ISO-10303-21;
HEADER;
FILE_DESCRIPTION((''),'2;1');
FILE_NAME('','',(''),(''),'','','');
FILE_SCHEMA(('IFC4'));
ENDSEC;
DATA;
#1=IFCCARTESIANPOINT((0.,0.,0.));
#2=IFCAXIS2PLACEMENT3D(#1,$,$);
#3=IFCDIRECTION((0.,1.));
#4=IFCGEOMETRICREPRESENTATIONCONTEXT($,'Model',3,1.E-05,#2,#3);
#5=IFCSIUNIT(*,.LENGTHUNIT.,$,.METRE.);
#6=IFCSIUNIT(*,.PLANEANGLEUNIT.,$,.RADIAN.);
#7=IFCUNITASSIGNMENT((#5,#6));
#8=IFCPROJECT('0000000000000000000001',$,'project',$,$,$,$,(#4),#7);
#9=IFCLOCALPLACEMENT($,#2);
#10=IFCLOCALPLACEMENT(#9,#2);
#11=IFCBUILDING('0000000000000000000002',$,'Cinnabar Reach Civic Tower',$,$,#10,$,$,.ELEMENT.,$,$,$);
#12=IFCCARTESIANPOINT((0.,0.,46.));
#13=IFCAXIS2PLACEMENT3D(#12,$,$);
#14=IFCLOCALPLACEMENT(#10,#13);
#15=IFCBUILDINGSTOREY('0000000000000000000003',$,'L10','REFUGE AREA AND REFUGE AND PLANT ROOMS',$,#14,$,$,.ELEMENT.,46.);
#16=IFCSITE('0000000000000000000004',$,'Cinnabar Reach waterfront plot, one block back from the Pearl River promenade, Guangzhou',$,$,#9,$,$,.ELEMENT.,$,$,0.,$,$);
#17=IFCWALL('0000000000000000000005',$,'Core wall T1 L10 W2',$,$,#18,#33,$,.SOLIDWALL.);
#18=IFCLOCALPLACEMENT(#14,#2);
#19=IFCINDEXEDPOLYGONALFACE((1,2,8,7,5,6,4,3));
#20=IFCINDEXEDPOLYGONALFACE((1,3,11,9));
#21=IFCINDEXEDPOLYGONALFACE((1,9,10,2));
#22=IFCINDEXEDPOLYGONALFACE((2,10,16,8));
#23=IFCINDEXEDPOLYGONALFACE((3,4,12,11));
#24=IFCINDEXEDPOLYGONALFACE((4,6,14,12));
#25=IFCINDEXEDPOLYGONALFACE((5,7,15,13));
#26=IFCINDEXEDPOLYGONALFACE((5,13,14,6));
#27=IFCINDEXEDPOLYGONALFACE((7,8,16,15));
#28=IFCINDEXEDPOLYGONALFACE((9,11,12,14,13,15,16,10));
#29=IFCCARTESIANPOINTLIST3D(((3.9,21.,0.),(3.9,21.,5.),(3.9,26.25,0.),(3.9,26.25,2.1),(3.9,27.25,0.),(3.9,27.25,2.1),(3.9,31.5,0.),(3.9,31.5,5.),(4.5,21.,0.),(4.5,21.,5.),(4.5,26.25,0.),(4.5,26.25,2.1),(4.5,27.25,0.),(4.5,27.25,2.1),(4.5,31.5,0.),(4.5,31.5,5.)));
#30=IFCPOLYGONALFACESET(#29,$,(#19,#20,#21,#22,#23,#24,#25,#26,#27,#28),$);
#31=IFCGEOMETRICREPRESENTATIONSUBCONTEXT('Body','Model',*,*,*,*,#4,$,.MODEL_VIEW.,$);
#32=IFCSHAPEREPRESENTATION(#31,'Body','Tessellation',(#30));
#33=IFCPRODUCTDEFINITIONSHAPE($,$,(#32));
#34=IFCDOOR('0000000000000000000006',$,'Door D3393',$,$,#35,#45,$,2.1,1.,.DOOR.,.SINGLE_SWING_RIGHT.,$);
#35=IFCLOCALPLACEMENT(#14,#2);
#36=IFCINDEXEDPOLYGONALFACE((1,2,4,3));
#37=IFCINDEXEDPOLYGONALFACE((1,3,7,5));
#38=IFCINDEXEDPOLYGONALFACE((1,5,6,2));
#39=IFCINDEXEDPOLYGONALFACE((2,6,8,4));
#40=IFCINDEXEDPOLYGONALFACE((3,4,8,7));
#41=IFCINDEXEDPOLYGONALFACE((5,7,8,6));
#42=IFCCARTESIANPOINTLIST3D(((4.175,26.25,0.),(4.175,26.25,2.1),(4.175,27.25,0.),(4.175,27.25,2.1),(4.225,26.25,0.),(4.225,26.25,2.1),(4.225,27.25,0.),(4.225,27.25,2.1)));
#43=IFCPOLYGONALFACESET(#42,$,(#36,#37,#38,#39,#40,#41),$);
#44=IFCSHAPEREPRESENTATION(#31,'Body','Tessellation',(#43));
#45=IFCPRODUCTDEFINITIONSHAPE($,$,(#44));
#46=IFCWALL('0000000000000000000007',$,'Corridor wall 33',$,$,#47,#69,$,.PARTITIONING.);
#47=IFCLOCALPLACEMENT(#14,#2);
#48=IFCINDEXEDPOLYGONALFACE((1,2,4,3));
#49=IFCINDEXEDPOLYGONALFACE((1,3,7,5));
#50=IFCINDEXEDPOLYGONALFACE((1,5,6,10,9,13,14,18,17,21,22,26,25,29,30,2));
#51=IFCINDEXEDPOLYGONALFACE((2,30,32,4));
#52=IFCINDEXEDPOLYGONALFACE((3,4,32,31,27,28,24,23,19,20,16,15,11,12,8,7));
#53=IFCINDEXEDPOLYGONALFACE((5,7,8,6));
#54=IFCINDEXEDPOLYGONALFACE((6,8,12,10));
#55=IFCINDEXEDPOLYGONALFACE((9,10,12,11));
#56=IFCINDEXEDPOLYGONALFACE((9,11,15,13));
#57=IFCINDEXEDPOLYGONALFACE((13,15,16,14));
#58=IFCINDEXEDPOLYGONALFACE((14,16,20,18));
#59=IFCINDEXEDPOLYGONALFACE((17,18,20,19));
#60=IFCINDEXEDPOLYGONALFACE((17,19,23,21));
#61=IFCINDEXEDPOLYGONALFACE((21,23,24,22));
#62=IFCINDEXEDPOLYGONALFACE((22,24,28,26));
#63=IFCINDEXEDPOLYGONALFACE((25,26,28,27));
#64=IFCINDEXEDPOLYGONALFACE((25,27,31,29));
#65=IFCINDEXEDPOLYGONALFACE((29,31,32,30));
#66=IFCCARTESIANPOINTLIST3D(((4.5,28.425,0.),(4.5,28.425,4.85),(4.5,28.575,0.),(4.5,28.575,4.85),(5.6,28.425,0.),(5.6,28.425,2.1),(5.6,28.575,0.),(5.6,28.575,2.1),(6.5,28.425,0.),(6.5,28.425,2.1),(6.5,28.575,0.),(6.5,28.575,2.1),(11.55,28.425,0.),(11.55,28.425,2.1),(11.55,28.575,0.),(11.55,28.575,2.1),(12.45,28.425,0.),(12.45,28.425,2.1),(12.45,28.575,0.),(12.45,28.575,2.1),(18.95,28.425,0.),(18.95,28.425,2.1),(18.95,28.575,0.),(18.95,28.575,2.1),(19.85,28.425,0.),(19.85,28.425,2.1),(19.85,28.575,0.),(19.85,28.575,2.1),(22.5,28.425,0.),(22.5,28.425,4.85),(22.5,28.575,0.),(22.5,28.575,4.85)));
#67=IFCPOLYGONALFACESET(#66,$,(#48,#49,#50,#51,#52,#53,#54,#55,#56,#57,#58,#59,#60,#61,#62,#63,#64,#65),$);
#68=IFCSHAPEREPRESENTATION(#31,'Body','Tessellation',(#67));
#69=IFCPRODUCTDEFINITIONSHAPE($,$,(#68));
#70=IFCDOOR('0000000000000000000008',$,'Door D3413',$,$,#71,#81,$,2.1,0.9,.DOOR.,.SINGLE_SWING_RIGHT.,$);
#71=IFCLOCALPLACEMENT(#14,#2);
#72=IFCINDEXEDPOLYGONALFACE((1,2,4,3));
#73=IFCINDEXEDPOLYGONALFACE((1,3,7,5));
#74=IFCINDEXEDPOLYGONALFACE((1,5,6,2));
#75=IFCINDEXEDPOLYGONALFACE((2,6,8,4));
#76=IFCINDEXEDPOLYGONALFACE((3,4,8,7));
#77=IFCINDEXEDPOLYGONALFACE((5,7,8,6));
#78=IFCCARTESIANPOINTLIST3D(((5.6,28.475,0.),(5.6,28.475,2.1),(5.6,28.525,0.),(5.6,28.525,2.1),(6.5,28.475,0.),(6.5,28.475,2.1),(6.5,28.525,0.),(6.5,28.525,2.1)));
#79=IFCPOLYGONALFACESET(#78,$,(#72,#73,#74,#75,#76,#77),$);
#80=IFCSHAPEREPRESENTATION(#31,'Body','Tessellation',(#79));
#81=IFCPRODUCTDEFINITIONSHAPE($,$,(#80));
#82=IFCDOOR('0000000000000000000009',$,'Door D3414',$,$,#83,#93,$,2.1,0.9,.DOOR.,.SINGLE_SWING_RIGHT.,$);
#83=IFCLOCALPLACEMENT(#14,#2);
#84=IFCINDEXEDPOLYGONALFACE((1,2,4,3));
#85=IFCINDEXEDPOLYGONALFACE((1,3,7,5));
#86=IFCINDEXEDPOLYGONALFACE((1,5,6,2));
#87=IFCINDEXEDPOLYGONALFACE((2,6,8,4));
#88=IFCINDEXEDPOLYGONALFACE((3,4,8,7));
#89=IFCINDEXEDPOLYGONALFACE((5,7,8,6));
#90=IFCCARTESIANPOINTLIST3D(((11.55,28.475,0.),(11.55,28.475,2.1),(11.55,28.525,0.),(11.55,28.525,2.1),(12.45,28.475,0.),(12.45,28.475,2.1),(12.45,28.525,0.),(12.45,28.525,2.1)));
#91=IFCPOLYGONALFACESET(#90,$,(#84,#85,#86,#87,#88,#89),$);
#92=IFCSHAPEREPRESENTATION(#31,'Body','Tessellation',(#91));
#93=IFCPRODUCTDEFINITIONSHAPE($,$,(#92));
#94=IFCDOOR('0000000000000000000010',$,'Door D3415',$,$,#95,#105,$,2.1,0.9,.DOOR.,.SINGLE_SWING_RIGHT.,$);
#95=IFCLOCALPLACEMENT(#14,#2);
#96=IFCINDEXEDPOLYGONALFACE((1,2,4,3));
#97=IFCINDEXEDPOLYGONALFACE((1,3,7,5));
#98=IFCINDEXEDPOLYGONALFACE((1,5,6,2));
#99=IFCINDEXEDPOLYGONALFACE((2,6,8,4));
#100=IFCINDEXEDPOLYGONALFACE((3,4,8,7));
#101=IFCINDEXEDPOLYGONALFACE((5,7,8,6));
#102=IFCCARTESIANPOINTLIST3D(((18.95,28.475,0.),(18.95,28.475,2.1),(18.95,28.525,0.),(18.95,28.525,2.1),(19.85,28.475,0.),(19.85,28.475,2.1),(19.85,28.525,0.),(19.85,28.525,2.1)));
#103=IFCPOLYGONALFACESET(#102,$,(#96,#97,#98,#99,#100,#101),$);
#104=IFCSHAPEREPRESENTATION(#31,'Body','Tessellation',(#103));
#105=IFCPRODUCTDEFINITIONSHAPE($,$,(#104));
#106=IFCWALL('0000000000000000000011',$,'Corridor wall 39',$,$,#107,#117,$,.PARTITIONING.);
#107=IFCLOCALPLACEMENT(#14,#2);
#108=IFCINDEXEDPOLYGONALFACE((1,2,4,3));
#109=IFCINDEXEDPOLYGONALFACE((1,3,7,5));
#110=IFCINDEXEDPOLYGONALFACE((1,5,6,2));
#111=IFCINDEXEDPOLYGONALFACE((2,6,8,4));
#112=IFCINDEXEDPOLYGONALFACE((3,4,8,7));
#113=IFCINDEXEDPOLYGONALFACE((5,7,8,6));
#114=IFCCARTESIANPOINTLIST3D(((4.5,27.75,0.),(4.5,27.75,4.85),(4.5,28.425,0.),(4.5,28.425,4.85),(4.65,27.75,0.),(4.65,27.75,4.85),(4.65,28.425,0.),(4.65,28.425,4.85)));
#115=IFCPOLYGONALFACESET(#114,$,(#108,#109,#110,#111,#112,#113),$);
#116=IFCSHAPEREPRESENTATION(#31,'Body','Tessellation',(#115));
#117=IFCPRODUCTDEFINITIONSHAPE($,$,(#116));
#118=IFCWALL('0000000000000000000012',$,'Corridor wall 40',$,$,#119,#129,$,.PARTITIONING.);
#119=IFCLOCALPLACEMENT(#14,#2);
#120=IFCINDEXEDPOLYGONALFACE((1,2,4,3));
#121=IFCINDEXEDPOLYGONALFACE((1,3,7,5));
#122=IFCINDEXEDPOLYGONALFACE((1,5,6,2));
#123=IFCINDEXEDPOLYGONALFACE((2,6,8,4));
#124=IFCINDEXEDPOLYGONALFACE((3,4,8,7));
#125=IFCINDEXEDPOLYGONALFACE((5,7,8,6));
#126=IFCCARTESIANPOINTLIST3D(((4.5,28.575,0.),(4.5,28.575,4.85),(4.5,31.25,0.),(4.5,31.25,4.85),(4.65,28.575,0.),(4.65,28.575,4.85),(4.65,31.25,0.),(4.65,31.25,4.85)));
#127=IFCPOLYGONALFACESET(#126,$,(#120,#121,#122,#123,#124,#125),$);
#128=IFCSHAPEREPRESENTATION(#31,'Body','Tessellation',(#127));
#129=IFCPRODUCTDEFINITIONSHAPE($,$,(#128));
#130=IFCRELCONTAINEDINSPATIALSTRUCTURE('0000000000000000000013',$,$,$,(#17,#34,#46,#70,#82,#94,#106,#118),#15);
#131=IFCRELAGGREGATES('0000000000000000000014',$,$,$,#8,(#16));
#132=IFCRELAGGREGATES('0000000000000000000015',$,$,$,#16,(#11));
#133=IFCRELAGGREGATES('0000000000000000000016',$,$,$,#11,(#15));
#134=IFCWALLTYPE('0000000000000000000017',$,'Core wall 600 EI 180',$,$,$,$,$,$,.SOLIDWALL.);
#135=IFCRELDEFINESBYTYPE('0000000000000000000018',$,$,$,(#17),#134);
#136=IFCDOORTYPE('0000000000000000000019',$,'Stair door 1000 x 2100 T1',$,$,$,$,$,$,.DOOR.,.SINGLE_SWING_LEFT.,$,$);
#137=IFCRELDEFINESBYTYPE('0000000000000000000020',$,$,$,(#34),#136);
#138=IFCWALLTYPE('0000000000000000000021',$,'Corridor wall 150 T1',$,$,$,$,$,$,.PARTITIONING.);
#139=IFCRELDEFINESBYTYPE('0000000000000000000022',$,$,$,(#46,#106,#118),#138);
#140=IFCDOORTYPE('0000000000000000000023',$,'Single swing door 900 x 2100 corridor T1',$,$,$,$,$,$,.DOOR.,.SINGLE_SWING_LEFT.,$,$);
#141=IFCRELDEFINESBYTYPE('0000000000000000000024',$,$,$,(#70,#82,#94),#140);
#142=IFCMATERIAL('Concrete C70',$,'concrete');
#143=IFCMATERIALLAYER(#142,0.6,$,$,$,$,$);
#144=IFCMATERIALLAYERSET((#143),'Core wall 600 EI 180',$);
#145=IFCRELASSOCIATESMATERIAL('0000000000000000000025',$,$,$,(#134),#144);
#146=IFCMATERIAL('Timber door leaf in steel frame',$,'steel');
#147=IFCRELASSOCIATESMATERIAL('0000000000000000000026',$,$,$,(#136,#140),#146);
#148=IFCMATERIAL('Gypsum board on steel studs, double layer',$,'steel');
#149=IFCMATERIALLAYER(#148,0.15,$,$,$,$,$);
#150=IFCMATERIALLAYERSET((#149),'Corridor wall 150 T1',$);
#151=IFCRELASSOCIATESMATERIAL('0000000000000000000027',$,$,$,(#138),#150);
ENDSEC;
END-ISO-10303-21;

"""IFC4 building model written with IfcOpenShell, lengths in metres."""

from ifc_helpers import new_model, si_unit, direction, frame, frame_2d, origin, place, context, subcontext, project, spatial, rectangle, extrude, material, layer, layer_set, type_object, element, fill, save


model = new_model("IFC4")

# Units and contexts
model_context = context("Model", 3, precision=1e-05, world=origin(), true_north=direction((0.0, 1.0)))
body_context = subcontext(model_context, "Body", "Model", "MODEL_VIEW")
ifc_project = project(units=[si_unit("LENGTHUNIT", "METRE"), si_unit("PLANEANGLEUNIT", "RADIAN")], contexts=[model_context])

# Site, building, storey
site_placement = place(None, origin())
site = spatial("IfcSite", under=ifc_project, at=site_placement, Name="Cinnabar Reach waterfront plot, one block back from the Pearl River promenade, Guangzhou", CompositionType="ELEMENT", RefElevation=0.0)
building_placement = place(site_placement, origin())
building = spatial("IfcBuilding", under=site, at=building_placement, Name="Cinnabar Reach Civic Tower", CompositionType="ELEMENT")
storey_placement = place(building_placement, frame((0.0, 0.0, 46.0)))
storey = spatial("IfcBuildingStorey", under=building, at=storey_placement, Name="L10", Description="REFUGE AREA AND REFUGE AND PLANT ROOMS", CompositionType="ELEMENT", Elevation=46.0)

# Wall, opening, door
ifc_material_1 = material(Name="Concrete C70", Category="concrete")
ifc_layer_1 = layer(ifc_material_1, 0.6)
ifc_layer_set_1 = layer_set([ifc_layer_1], Name="Core wall 600 EI 180")
wall_type_1 = type_object("IfcWallType", Name="Core wall 600 EI 180", PredefinedType="SOLIDWALL", material=ifc_layer_set_1)
wall_1_placement = place(storey_placement, frame((4.2, 31.5, 0.0), z_axis=(0.0, 0.0, 1.0), x_axis=(0.0, -1.0, 0.0)))
wall_1 = element("IfcWall", 1, at=wall_1_placement, inside=storey, type_object=wall_type_1, Name="Core wall T1 L10 W2", PredefinedType="SOLIDWALL", context=body_context, shape_type="SweptSolid", body=[
    extrude(rectangle(XDim=10.5, YDim=0.6, at=frame_2d((5.25, 0.0))), origin(), (0.0, 0.0, 1.0), 5.0),
])
opening_1_placement = place(wall_1_placement, frame((4.25, 0.0, 0.0)))
opening_1 = element("IfcOpeningElement", 2, at=opening_1_placement, cuts=wall_1, PredefinedType="OPENING", context=body_context, shape_type="SweptSolid", body=[
    extrude(rectangle(XDim=1.0, YDim=2.1, at=frame_2d((0.5, 1.05))), frame((0.0, 0.31, 0.0), z_axis=(0.0, -1.0, 0.0), x_axis=(1.0, 0.0, 0.0)), (0.0, 0.0, 1.0), 0.62),
])
ifc_material_2 = material(Name="Timber door leaf in steel frame", Category="steel")
door_type_1 = type_object("IfcDoorType", Name="Stair door 1000 x 2100 T1", OperationType="SINGLE_SWING_LEFT", PredefinedType="DOOR", material=ifc_material_2)
door_1_placement = place(opening_1_placement, frame((1.0, 0.0, 0.0), z_axis=(0.0, 0.0, 1.0), x_axis=(-1.0, 0.0, 0.0)))
door_1 = element("IfcDoor", 3, at=door_1_placement, inside=storey, type_object=door_type_1, Name="Door D3393", OperationType="SINGLE_SWING_RIGHT", OverallHeight=2.1, OverallWidth=1.0, PredefinedType="DOOR", context=body_context, shape_type="SweptSolid", body=[
    extrude(rectangle(XDim=1.0, YDim=2.1, at=frame_2d((0.5, 1.05))), frame((0.0, 0.025, 0.0), z_axis=(0.0, -1.0, 0.0), x_axis=(1.0, 0.0, 0.0)), (0.0, 0.0, 1.0), 0.05),
])
fill(opening_1, door_1)

# Wall, openings, doors
ifc_material_3 = material(Name="Gypsum board on steel studs, double layer", Category="steel")
ifc_layer_2 = layer(ifc_material_3, 0.15)
ifc_layer_set_2 = layer_set([ifc_layer_2], Name="Corridor wall 150 T1")
wall_type_2 = type_object("IfcWallType", Name="Corridor wall 150 T1", PredefinedType="PARTITIONING", material=ifc_layer_set_2)
wall_2_placement = place(storey_placement, frame((4.5, 28.5, 0.0), z_axis=(0.0, 0.0, 1.0), x_axis=(1.0, 0.0, 0.0)))
wall_2 = element("IfcWall", 4, at=wall_2_placement, inside=storey, type_object=wall_type_2, Name="Corridor wall 33", PredefinedType="PARTITIONING", context=body_context, shape_type="SweptSolid", body=[
    extrude(rectangle(XDim=18.0, YDim=0.15, at=frame_2d((9.0, 0.0))), origin(), (0.0, 0.0, 1.0), 4.85),
])
opening_2_placement = place(wall_2_placement, frame((1.1, 0.0, 0.0)))
opening_2 = element("IfcOpeningElement", 5, at=opening_2_placement, cuts=wall_2, PredefinedType="OPENING", context=body_context, shape_type="SweptSolid", body=[
    extrude(rectangle(XDim=0.9, YDim=2.1, at=frame_2d((0.45, 1.05))), frame((0.0, 0.085, 0.0), z_axis=(0.0, -1.0, 0.0), x_axis=(1.0, 0.0, 0.0)), (0.0, 0.0, 1.0), 0.17),
])
opening_3_placement = place(wall_2_placement, frame((7.05, 0.0, 0.0)))
opening_3 = element("IfcOpeningElement", 6, at=opening_3_placement, cuts=wall_2, PredefinedType="OPENING", context=body_context, shape_type="SweptSolid", body=[
    extrude(rectangle(XDim=0.9, YDim=2.1, at=frame_2d((0.45, 1.05))), frame((0.0, 0.085, 0.0), z_axis=(0.0, -1.0, 0.0), x_axis=(1.0, 0.0, 0.0)), (0.0, 0.0, 1.0), 0.17),
])
opening_4_placement = place(wall_2_placement, frame((14.45, 0.0, 0.0)))
opening_4 = element("IfcOpeningElement", 7, at=opening_4_placement, cuts=wall_2, PredefinedType="OPENING", context=body_context, shape_type="SweptSolid", body=[
    extrude(rectangle(XDim=0.9, YDim=2.1, at=frame_2d((0.45, 1.05))), frame((0.0, 0.085, 0.0), z_axis=(0.0, -1.0, 0.0), x_axis=(1.0, 0.0, 0.0)), (0.0, 0.0, 1.0), 0.17),
])
door_type_2 = type_object("IfcDoorType", Name="Single swing door 900 x 2100 corridor T1", OperationType="SINGLE_SWING_LEFT", PredefinedType="DOOR", material=ifc_material_2)
door_2_placement = place(opening_2_placement, origin())
door_2 = element("IfcDoor", 8, at=door_2_placement, inside=storey, type_object=door_type_2, Name="Door D3413", OperationType="SINGLE_SWING_RIGHT", OverallHeight=2.1, OverallWidth=0.9, PredefinedType="DOOR", context=body_context, shape_type="SweptSolid", body=[
    extrude(rectangle(XDim=0.9, YDim=2.1, at=frame_2d((0.45, 1.05))), frame((0.0, 0.025, 0.0), z_axis=(0.0, -1.0, 0.0), x_axis=(1.0, 0.0, 0.0)), (0.0, 0.0, 1.0), 0.05),
])
fill(opening_2, door_2)
door_3_placement = place(opening_3_placement, origin())
door_3 = element("IfcDoor", 9, at=door_3_placement, inside=storey, type_object=door_type_2, Name="Door D3414", OperationType="SINGLE_SWING_RIGHT", OverallHeight=2.1, OverallWidth=0.9, PredefinedType="DOOR", context=body_context, shape_type="SweptSolid", body=[
    extrude(rectangle(XDim=0.9, YDim=2.1, at=frame_2d((0.45, 1.05))), frame((0.0, 0.025, 0.0), z_axis=(0.0, -1.0, 0.0), x_axis=(1.0, 0.0, 0.0)), (0.0, 0.0, 1.0), 0.05),
])
fill(opening_3, door_3)
door_4_placement = place(opening_4_placement, origin())
door_4 = element("IfcDoor", 10, at=door_4_placement, inside=storey, type_object=door_type_2, Name="Door D3415", OperationType="SINGLE_SWING_RIGHT", OverallHeight=2.1, OverallWidth=0.9, PredefinedType="DOOR", context=body_context, shape_type="SweptSolid", body=[
    extrude(rectangle(XDim=0.9, YDim=2.1, at=frame_2d((0.45, 1.05))), frame((0.0, 0.025, 0.0), z_axis=(0.0, -1.0, 0.0), x_axis=(1.0, 0.0, 0.0)), (0.0, 0.0, 1.0), 0.05),
])
fill(opening_4, door_4)

# Walls
wall_3_placement = place(storey_placement, frame((4.575, 27.75, 0.0), z_axis=(0.0, 0.0, 1.0), x_axis=(0.0, 1.0, 0.0)))
element("IfcWall", 11, at=wall_3_placement, inside=storey, type_object=wall_type_2, Name="Corridor wall 39", PredefinedType="PARTITIONING", context=body_context, shape_type="SweptSolid", body=[
    extrude(rectangle(XDim=0.675, YDim=0.15, at=frame_2d((0.3375, 0.0))), origin(), (0.0, 0.0, 1.0), 4.85),
])
wall_4_placement = place(storey_placement, frame((4.575, 28.575, 0.0), z_axis=(0.0, 0.0, 1.0), x_axis=(0.0, 1.0, 0.0)))
element("IfcWall", 12, at=wall_4_placement, inside=storey, type_object=wall_type_2, Name="Corridor wall 40", PredefinedType="PARTITIONING", context=body_context, shape_type="SweptSolid", body=[
    extrude(rectangle(XDim=2.675, YDim=0.15, at=frame_2d((1.3375, 0.0))), origin(), (0.0, 0.0, 1.0), 4.85),
])

save(model, "model.ifc")
